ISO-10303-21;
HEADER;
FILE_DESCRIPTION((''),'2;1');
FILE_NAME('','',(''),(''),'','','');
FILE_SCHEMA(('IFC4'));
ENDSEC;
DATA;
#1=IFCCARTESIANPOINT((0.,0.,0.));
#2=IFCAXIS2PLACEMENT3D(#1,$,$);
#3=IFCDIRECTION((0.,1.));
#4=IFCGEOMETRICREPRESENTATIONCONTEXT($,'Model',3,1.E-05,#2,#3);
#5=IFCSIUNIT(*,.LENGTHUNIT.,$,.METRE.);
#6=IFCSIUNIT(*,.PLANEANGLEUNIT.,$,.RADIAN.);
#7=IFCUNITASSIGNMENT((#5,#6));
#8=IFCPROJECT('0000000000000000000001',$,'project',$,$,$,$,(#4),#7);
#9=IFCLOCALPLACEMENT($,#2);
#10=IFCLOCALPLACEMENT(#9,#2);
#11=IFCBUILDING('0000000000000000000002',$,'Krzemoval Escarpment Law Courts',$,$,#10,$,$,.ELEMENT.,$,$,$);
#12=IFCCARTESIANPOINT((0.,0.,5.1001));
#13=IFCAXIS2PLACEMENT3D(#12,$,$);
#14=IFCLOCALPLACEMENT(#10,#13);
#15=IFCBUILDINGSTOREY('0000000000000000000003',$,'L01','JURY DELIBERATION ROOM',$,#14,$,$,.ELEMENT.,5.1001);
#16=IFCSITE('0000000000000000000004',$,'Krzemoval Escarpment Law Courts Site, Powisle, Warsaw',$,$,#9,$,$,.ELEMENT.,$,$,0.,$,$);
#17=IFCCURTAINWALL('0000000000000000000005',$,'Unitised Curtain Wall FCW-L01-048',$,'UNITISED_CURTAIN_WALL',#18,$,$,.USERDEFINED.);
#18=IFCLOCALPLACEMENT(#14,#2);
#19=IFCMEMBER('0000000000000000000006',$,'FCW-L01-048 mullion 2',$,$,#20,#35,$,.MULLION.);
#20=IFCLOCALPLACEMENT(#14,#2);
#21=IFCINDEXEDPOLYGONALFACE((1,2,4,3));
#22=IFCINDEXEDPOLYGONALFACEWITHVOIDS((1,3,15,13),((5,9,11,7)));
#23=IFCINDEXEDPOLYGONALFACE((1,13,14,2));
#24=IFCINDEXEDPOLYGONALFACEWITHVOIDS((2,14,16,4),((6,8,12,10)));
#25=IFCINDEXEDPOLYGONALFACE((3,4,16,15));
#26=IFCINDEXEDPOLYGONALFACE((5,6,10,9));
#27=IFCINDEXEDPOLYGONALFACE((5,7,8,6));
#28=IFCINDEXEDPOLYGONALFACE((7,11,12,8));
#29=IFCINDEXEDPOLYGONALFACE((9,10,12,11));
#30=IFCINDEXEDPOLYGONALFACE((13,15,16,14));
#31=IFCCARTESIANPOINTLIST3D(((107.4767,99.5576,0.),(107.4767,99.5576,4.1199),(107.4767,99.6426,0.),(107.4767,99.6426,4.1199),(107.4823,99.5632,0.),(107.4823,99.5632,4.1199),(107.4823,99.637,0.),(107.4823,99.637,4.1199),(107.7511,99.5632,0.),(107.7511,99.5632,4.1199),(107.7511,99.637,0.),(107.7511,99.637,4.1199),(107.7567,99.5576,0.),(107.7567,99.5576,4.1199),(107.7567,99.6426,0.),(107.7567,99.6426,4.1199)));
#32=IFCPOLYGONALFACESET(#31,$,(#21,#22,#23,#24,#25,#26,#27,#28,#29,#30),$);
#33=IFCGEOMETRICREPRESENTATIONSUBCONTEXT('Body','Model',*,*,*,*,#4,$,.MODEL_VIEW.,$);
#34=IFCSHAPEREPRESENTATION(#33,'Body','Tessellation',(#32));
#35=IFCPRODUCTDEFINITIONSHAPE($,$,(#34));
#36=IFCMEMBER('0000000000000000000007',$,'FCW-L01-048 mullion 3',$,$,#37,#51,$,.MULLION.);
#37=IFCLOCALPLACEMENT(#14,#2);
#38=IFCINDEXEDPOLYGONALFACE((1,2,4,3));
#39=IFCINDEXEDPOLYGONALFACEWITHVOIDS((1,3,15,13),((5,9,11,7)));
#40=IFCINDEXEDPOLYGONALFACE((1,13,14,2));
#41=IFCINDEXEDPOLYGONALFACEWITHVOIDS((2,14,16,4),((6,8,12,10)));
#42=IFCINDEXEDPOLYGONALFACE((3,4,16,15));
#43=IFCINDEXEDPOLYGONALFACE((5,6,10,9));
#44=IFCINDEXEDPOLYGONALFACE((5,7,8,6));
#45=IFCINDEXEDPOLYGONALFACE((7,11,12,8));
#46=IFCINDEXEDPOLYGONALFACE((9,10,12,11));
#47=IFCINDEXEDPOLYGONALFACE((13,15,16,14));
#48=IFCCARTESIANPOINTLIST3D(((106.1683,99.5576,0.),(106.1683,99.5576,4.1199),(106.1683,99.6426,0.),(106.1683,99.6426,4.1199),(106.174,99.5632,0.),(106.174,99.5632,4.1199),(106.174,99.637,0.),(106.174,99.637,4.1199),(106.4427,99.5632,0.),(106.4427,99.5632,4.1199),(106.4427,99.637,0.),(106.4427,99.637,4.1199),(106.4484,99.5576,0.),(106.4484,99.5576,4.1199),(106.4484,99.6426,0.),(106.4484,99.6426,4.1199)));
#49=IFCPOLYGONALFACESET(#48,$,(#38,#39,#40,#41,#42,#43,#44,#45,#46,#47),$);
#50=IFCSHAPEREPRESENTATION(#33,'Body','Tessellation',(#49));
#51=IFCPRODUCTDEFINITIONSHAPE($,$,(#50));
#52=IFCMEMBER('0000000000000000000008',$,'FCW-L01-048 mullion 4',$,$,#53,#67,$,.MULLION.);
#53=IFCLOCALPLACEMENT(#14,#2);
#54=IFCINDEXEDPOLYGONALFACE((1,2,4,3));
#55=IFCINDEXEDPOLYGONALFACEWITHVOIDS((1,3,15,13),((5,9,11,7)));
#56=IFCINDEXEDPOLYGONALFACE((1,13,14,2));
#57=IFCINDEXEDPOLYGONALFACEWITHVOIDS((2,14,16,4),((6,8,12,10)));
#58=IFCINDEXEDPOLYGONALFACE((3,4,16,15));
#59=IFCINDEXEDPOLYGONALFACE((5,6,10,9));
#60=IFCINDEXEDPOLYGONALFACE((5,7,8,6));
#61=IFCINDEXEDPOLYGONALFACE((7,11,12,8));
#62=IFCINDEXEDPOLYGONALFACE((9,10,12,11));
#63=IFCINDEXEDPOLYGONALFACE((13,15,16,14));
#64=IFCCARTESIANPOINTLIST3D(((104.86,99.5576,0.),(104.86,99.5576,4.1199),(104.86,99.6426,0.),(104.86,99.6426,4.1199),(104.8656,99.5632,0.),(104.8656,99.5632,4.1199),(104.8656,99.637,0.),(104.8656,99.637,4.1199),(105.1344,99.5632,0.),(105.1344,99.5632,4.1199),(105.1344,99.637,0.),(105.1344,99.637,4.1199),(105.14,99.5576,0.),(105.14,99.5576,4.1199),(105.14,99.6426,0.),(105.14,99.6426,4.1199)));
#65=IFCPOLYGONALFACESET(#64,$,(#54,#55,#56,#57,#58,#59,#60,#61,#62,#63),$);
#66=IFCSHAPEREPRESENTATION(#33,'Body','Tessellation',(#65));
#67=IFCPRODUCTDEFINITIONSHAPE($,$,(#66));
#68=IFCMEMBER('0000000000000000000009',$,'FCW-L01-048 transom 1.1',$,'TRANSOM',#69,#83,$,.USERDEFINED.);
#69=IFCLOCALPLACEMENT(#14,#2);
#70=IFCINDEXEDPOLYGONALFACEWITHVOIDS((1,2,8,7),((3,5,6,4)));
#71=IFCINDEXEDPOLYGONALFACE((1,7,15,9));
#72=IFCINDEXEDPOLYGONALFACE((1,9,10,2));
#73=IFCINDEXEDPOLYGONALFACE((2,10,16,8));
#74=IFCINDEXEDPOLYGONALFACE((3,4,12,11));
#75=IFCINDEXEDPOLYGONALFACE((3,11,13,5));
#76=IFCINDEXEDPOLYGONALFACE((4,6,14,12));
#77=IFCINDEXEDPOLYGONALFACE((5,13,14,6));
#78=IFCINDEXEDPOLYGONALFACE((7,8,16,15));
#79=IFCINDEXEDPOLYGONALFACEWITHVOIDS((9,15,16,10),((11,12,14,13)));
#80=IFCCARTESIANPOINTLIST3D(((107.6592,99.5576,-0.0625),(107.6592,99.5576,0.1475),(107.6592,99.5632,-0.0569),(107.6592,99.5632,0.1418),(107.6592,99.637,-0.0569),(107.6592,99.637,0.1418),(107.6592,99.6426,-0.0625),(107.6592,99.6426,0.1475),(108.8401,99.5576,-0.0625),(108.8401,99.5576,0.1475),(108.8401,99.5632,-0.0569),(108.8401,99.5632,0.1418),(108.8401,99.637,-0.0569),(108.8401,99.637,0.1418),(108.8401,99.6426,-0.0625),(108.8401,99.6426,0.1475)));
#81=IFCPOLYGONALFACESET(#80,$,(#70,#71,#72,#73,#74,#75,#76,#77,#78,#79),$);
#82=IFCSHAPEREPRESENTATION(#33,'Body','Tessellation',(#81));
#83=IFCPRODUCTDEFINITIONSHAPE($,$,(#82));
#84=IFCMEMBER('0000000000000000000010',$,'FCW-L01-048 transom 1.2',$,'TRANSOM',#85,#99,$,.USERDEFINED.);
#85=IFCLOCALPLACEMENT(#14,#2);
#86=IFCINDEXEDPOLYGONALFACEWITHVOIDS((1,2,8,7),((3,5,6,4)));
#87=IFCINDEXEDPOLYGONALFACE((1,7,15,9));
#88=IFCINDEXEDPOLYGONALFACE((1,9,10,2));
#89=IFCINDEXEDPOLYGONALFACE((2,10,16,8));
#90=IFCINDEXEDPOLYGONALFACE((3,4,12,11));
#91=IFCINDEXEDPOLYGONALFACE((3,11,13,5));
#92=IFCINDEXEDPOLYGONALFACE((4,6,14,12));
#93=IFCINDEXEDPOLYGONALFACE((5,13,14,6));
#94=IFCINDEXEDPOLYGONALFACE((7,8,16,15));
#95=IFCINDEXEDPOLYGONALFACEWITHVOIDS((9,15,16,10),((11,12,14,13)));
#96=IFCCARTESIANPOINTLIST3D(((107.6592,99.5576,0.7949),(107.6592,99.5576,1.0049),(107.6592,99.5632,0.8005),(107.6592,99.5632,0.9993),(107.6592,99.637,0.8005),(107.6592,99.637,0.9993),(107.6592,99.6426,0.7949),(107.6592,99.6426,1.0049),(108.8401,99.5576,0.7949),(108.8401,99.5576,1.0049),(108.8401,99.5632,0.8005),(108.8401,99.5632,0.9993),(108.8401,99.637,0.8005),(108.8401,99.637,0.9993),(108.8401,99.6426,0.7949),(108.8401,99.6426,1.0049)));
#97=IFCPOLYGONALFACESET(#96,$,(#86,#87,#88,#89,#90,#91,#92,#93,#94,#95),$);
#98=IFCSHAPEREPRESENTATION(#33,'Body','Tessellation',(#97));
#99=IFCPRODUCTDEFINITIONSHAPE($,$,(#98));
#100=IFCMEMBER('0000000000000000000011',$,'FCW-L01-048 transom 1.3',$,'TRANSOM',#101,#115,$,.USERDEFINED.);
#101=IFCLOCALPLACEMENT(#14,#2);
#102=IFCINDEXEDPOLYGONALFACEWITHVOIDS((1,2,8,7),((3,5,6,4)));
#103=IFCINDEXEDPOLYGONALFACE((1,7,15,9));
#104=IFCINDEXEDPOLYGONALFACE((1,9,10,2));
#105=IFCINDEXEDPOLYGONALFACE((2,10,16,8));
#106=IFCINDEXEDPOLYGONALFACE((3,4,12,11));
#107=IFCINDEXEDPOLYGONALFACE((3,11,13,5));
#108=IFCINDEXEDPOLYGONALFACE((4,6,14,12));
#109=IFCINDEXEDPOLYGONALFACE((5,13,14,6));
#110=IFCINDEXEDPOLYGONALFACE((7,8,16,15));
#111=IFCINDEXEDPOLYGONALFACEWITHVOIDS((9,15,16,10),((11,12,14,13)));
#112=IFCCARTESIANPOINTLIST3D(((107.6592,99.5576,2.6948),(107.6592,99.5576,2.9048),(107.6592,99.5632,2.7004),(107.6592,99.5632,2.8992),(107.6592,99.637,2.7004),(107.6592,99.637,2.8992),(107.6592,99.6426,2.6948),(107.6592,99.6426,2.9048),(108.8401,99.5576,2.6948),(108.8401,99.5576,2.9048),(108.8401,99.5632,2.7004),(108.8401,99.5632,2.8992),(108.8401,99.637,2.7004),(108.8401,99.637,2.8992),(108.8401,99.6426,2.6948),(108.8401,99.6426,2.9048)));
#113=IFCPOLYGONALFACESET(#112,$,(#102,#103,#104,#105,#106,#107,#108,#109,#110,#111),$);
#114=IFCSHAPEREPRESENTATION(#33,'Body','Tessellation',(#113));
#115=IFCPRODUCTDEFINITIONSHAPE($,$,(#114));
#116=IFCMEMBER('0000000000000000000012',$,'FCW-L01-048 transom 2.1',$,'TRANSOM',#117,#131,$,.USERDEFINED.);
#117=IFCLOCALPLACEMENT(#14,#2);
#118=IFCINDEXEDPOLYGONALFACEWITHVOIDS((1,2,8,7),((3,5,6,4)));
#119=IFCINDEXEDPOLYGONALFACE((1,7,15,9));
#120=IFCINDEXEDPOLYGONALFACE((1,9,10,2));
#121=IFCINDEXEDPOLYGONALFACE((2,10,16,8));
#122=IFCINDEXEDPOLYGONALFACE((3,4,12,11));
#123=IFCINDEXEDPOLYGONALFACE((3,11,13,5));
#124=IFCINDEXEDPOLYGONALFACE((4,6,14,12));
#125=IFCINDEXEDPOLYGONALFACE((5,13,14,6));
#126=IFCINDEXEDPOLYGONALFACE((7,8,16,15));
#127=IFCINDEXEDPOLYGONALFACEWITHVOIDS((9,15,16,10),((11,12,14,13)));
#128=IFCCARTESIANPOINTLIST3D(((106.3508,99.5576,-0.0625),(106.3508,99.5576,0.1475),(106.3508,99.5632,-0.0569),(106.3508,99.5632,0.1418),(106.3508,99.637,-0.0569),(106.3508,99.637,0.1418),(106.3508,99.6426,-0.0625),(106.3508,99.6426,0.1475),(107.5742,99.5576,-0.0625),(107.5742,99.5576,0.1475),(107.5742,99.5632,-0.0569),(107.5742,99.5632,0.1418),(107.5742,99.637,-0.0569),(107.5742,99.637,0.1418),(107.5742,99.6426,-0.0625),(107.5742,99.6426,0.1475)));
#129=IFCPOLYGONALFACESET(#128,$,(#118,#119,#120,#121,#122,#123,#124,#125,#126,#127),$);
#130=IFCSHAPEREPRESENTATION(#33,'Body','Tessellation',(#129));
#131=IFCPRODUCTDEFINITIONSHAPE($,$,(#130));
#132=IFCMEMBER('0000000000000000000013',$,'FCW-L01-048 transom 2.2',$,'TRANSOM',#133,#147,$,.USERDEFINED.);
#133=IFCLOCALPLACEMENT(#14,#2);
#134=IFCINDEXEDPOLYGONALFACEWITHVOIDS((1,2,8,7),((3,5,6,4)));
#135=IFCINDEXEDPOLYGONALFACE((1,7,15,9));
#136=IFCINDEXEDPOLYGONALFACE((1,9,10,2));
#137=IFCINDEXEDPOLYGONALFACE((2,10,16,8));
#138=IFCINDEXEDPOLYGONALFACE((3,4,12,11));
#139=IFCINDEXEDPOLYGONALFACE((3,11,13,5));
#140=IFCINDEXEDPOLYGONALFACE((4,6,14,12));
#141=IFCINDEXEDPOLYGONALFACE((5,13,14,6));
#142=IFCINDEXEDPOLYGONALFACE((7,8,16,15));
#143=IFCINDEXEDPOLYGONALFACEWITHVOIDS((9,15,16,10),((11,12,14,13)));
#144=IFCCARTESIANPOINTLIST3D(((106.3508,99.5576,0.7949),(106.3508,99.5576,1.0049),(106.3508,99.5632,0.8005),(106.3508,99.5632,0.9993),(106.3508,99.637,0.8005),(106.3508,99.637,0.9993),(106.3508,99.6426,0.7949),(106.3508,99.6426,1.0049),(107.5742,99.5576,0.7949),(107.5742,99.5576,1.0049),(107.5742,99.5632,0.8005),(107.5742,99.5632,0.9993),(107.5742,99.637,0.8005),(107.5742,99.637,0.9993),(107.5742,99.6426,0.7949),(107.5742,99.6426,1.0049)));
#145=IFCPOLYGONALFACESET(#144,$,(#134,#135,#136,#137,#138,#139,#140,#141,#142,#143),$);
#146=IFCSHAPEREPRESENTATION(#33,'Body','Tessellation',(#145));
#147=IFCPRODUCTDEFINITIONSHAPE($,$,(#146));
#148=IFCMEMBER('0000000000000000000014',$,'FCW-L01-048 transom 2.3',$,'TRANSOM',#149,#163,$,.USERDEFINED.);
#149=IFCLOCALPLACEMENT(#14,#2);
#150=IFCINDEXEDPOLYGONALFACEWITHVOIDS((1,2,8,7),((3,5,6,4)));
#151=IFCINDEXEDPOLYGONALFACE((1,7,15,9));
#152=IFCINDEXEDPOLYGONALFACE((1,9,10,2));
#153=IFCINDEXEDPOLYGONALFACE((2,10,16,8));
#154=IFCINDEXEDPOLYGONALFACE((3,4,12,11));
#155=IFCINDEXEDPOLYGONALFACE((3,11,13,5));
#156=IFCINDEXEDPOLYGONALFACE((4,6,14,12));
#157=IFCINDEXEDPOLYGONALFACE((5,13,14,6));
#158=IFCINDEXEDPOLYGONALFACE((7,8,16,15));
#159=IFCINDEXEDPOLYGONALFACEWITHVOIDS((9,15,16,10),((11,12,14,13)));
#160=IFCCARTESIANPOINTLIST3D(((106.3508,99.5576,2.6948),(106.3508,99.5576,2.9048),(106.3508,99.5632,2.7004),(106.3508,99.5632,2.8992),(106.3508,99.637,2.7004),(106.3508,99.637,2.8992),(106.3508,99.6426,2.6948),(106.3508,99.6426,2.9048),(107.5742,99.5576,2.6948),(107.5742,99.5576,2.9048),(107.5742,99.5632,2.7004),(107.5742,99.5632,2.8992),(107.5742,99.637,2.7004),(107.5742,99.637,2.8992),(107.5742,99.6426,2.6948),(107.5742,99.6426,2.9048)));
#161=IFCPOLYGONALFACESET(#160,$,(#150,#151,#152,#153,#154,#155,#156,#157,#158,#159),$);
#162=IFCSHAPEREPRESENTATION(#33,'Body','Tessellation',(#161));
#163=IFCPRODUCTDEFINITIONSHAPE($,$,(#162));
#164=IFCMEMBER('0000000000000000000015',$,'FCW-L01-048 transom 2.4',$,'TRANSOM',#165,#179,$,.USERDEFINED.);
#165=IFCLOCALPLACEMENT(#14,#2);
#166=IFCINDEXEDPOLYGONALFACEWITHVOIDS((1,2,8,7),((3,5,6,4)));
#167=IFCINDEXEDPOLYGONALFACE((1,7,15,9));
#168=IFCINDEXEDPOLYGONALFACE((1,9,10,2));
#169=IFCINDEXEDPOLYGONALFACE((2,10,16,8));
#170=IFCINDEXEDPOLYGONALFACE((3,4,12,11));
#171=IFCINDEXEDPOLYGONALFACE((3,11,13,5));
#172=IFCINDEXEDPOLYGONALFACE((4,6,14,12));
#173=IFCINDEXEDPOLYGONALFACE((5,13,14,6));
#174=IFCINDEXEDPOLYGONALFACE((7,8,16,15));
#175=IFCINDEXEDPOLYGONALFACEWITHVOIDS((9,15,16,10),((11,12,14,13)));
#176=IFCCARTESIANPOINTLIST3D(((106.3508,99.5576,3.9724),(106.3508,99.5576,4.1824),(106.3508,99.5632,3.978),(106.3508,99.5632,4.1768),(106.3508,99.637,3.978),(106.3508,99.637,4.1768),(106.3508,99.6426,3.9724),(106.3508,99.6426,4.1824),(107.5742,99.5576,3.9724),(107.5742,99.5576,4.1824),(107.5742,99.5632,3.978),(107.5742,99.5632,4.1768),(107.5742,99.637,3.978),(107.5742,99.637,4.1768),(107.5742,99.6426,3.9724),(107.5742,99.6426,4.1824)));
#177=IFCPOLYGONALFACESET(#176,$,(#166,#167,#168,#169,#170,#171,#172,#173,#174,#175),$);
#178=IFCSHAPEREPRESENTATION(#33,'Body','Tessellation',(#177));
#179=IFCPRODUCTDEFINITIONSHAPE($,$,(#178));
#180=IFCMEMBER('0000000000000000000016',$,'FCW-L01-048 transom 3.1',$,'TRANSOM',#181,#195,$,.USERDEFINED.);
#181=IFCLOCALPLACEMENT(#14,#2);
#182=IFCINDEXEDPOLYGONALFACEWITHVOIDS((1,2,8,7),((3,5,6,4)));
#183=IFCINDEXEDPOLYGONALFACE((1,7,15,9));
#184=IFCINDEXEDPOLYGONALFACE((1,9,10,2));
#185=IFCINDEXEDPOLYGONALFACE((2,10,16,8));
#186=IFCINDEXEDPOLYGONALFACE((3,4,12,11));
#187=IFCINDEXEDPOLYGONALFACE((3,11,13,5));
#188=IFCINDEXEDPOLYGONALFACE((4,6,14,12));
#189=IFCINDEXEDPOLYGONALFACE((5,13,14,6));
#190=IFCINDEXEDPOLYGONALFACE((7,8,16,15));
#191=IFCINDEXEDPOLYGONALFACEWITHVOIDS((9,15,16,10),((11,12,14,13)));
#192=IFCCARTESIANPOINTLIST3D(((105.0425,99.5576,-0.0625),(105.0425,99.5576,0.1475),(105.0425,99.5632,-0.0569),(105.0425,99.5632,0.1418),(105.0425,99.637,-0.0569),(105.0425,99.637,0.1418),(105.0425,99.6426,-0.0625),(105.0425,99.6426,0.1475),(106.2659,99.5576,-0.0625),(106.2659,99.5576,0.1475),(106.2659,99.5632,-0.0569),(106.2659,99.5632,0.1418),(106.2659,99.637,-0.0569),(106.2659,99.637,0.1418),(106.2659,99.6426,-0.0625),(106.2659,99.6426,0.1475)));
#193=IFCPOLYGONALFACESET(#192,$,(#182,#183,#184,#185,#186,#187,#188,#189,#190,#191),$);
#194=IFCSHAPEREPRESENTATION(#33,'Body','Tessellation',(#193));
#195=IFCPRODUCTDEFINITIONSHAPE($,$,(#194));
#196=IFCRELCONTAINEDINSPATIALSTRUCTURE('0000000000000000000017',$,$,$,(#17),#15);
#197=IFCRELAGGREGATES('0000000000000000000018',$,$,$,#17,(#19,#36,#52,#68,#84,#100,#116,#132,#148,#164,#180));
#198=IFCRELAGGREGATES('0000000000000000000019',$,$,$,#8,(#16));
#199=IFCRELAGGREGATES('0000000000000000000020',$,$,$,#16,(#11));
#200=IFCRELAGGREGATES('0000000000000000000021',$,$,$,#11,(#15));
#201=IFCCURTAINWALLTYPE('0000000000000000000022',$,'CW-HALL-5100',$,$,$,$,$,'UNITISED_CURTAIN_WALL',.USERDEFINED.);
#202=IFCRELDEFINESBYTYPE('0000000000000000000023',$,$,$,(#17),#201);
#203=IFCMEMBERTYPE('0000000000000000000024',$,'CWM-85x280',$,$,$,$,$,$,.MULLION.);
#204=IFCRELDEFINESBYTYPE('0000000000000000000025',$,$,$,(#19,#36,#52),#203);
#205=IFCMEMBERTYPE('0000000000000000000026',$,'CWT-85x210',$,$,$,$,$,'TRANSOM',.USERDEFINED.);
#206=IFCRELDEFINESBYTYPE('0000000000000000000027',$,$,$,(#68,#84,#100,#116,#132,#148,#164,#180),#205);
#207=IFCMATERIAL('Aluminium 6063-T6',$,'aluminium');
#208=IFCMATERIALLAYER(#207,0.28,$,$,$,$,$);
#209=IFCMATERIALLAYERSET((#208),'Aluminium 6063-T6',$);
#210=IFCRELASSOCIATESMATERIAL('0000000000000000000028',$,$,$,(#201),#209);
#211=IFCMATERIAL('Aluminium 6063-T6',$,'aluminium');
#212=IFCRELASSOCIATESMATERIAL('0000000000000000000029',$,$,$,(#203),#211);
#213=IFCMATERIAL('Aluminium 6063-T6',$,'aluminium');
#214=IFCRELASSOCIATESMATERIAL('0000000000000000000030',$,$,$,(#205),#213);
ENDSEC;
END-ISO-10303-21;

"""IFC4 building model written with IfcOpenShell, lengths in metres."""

from ifc_helpers import new_model, si_unit, direction, frame, origin, origin_2d, place, context, subcontext, project, spatial, hollow_rectangle, extrude, material, layer, layer_set, material_profile, profile_set, type_object, element, aggregate, save


model = new_model("IFC4")

# Units and contexts
model_context = context("Model", 3, precision=1e-05, world=origin(), true_north=direction((0.0, 1.0)))
body_context = subcontext(model_context, "Body", "Model", "MODEL_VIEW")
ifc_project = project(units=[si_unit("LENGTHUNIT", "METRE"), si_unit("PLANEANGLEUNIT", "RADIAN")], contexts=[model_context])

# Site, building, storey
site_placement = place(None, origin())
site = spatial("IfcSite", under=ifc_project, at=site_placement, Name="Krzemoval Escarpment Law Courts Site, Powisle, Warsaw", CompositionType="ELEMENT", RefElevation=0.0)
building_placement = place(site_placement, origin())
building = spatial("IfcBuilding", under=site, at=building_placement, Name="Krzemoval Escarpment Law Courts", CompositionType="ELEMENT")
storey_placement = place(building_placement, frame((0.0, 0.0, 5.1001)))
storey = spatial("IfcBuildingStorey", under=building, at=storey_placement, Name="L01", Description="JURY DELIBERATION ROOM", CompositionType="ELEMENT", Elevation=5.1001)

# Curtain wall, members
ifc_material_1 = material(Name="Aluminium 6063-T6", Category="aluminium")
ifc_layer_1 = layer(ifc_material_1, 0.28)
ifc_layer_set_1 = layer_set([ifc_layer_1], Name="Aluminium 6063-T6")
curtain_wall_type = type_object("IfcCurtainWallType", Name="CW-HALL-5100", ElementType="UNITISED_CURTAIN_WALL", PredefinedType="USERDEFINED", material=ifc_layer_set_1)
curtain_wall_placement = place(storey_placement, origin())
curtain_wall = element("IfcCurtainWall", 1, at=curtain_wall_placement, inside=storey, type_object=curtain_wall_type, Name="Unitised Curtain Wall FCW-L01-048", ObjectType="UNITISED_CURTAIN_WALL", PredefinedType="USERDEFINED")
ifc_material_2 = material(Name="Aluminium 6063-T6", Category="aluminium")
ifc_material_profile_1 = material_profile(ifc_material_2, hollow_rectangle(XDim=0.085, YDim=0.28, WallThickness=0.0056, at=origin_2d()), Name="ALU M85x280")
ifc_profile_set_1 = profile_set([ifc_material_profile_1], Name="Aluminium 6063-T6")
member_type_1 = type_object("IfcMemberType", Name="CWM-85x280", PredefinedType="MULLION", material=ifc_profile_set_1)
member_1_placement = place(storey_placement, frame((107.6167, 99.6001, 0.0), z_axis=(0.0, 0.0, 1.0), x_axis=(0.0, -1.0, 0.0)))
member_1 = element("IfcMember", 2, at=member_1_placement, type_object=member_type_1, Name="FCW-L01-048 mullion 2", PredefinedType="MULLION", context=body_context, shape_type="SweptSolid", body=[
    extrude(hollow_rectangle(XDim=0.085, YDim=0.28, WallThickness=0.0056, at=origin_2d()), origin(), (0.0, 0.0, 1.0), 4.1199),
])
member_2_placement = place(storey_placement, frame((106.3083, 99.6001, 0.0), z_axis=(0.0, 0.0, 1.0), x_axis=(0.0, -1.0, 0.0)))
member_2 = element("IfcMember", 3, at=member_2_placement, type_object=member_type_1, Name="FCW-L01-048 mullion 3", PredefinedType="MULLION", context=body_context, shape_type="SweptSolid", body=[
    extrude(hollow_rectangle(XDim=0.085, YDim=0.28, WallThickness=0.0056, at=origin_2d()), origin(), (0.0, 0.0, 1.0), 4.1199),
])
member_3_placement = place(storey_placement, frame((105.0, 99.6001, 0.0), z_axis=(0.0, 0.0, 1.0), x_axis=(0.0, -1.0, 0.0)))
member_3 = element("IfcMember", 4, at=member_3_placement, type_object=member_type_1, Name="FCW-L01-048 mullion 4", PredefinedType="MULLION", context=body_context, shape_type="SweptSolid", body=[
    extrude(hollow_rectangle(XDim=0.085, YDim=0.28, WallThickness=0.0056, at=origin_2d()), origin(), (0.0, 0.0, 1.0), 4.1199),
])
ifc_material_3 = material(Name="Aluminium 6063-T6", Category="aluminium")
ifc_material_profile_2 = material_profile(ifc_material_3, hollow_rectangle(XDim=0.085, YDim=0.21, WallThickness=0.0056, at=origin_2d()), Name="ALU T85x210")
ifc_profile_set_2 = profile_set([ifc_material_profile_2], Name="Aluminium 6063-T6")
member_type_2 = type_object("IfcMemberType", Name="CWT-85x210", ElementType="TRANSOM", PredefinedType="USERDEFINED", material=ifc_profile_set_2)
member_4_placement = place(storey_placement, frame((108.8401, 99.6001, 0.0425), z_axis=(-1.0, 0.0, 0.0), x_axis=(0.0, -1.0, 0.0)))
member_4 = element("IfcMember", 5, at=member_4_placement, type_object=member_type_2, Name="FCW-L01-048 transom 1.1", ObjectType="TRANSOM", PredefinedType="USERDEFINED", context=body_context, shape_type="SweptSolid", body=[
    extrude(hollow_rectangle(XDim=0.085, YDim=0.21, WallThickness=0.0056, at=origin_2d()), origin(), (0.0, 0.0, 1.0), 1.1809),
])
member_5_placement = place(storey_placement, frame((108.8401, 99.6001, 0.8999), z_axis=(-1.0, 0.0, 0.0), x_axis=(0.0, -1.0, 0.0)))
member_5 = element("IfcMember", 6, at=member_5_placement, type_object=member_type_2, Name="FCW-L01-048 transom 1.2", ObjectType="TRANSOM", PredefinedType="USERDEFINED", context=body_context, shape_type="SweptSolid", body=[
    extrude(hollow_rectangle(XDim=0.085, YDim=0.21, WallThickness=0.0056, at=origin_2d()), origin(), (0.0, 0.0, 1.0), 1.1809),
])
member_6_placement = place(storey_placement, frame((108.8401, 99.6001, 2.7998), z_axis=(-1.0, 0.0, 0.0), x_axis=(0.0, -1.0, 0.0)))
member_6 = element("IfcMember", 7, at=member_6_placement, type_object=member_type_2, Name="FCW-L01-048 transom 1.3", ObjectType="TRANSOM", PredefinedType="USERDEFINED", context=body_context, shape_type="SweptSolid", body=[
    extrude(hollow_rectangle(XDim=0.085, YDim=0.21, WallThickness=0.0056, at=origin_2d()), origin(), (0.0, 0.0, 1.0), 1.1809),
])
member_7_placement = place(storey_placement, frame((107.5742, 99.6001, 0.0425), z_axis=(-1.0, 0.0, 0.0), x_axis=(0.0, -1.0, 0.0)))
member_7 = element("IfcMember", 8, at=member_7_placement, type_object=member_type_2, Name="FCW-L01-048 transom 2.1", ObjectType="TRANSOM", PredefinedType="USERDEFINED", context=body_context, shape_type="SweptSolid", body=[
    extrude(hollow_rectangle(XDim=0.085, YDim=0.21, WallThickness=0.0056, at=origin_2d()), origin(), (0.0, 0.0, 1.0), 1.2234),
])
member_8_placement = place(storey_placement, frame((107.5742, 99.6001, 0.8999), z_axis=(-1.0, 0.0, 0.0), x_axis=(0.0, -1.0, 0.0)))
member_8 = element("IfcMember", 9, at=member_8_placement, type_object=member_type_2, Name="FCW-L01-048 transom 2.2", ObjectType="TRANSOM", PredefinedType="USERDEFINED", context=body_context, shape_type="SweptSolid", body=[
    extrude(hollow_rectangle(XDim=0.085, YDim=0.21, WallThickness=0.0056, at=origin_2d()), origin(), (0.0, 0.0, 1.0), 1.2234),
])
member_9_placement = place(storey_placement, frame((107.5742, 99.6001, 2.7998), z_axis=(-1.0, 0.0, 0.0), x_axis=(0.0, -1.0, 0.0)))
member_9 = element("IfcMember", 10, at=member_9_placement, type_object=member_type_2, Name="FCW-L01-048 transom 2.3", ObjectType="TRANSOM", PredefinedType="USERDEFINED", context=body_context, shape_type="SweptSolid", body=[
    extrude(hollow_rectangle(XDim=0.085, YDim=0.21, WallThickness=0.0056, at=origin_2d()), origin(), (0.0, 0.0, 1.0), 1.2234),
])
member_10_placement = place(storey_placement, frame((107.5742, 99.6001, 4.0774), z_axis=(-1.0, 0.0, 0.0), x_axis=(0.0, -1.0, 0.0)))
member_10 = element("IfcMember", 11, at=member_10_placement, type_object=member_type_2, Name="FCW-L01-048 transom 2.4", ObjectType="TRANSOM", PredefinedType="USERDEFINED", context=body_context, shape_type="SweptSolid", body=[
    extrude(hollow_rectangle(XDim=0.085, YDim=0.21, WallThickness=0.0056, at=origin_2d()), origin(), (0.0, 0.0, 1.0), 1.2234),
])
member_11_placement = place(storey_placement, frame((106.2659, 99.6001, 0.0425), z_axis=(-1.0, 0.0, 0.0), x_axis=(0.0, -1.0, 0.0)))
member_11 = element("IfcMember", 12, at=member_11_placement, type_object=member_type_2, Name="FCW-L01-048 transom 3.1", ObjectType="TRANSOM", PredefinedType="USERDEFINED", context=body_context, shape_type="SweptSolid", body=[
    extrude(hollow_rectangle(XDim=0.085, YDim=0.21, WallThickness=0.0056, at=origin_2d()), origin(), (0.0, 0.0, 1.0), 1.2234),
])
aggregate(curtain_wall, [member_1, member_2, member_3, member_4, member_5, member_6, member_7, member_8, member_9, member_10, member_11])

save(model, "model.ifc")
